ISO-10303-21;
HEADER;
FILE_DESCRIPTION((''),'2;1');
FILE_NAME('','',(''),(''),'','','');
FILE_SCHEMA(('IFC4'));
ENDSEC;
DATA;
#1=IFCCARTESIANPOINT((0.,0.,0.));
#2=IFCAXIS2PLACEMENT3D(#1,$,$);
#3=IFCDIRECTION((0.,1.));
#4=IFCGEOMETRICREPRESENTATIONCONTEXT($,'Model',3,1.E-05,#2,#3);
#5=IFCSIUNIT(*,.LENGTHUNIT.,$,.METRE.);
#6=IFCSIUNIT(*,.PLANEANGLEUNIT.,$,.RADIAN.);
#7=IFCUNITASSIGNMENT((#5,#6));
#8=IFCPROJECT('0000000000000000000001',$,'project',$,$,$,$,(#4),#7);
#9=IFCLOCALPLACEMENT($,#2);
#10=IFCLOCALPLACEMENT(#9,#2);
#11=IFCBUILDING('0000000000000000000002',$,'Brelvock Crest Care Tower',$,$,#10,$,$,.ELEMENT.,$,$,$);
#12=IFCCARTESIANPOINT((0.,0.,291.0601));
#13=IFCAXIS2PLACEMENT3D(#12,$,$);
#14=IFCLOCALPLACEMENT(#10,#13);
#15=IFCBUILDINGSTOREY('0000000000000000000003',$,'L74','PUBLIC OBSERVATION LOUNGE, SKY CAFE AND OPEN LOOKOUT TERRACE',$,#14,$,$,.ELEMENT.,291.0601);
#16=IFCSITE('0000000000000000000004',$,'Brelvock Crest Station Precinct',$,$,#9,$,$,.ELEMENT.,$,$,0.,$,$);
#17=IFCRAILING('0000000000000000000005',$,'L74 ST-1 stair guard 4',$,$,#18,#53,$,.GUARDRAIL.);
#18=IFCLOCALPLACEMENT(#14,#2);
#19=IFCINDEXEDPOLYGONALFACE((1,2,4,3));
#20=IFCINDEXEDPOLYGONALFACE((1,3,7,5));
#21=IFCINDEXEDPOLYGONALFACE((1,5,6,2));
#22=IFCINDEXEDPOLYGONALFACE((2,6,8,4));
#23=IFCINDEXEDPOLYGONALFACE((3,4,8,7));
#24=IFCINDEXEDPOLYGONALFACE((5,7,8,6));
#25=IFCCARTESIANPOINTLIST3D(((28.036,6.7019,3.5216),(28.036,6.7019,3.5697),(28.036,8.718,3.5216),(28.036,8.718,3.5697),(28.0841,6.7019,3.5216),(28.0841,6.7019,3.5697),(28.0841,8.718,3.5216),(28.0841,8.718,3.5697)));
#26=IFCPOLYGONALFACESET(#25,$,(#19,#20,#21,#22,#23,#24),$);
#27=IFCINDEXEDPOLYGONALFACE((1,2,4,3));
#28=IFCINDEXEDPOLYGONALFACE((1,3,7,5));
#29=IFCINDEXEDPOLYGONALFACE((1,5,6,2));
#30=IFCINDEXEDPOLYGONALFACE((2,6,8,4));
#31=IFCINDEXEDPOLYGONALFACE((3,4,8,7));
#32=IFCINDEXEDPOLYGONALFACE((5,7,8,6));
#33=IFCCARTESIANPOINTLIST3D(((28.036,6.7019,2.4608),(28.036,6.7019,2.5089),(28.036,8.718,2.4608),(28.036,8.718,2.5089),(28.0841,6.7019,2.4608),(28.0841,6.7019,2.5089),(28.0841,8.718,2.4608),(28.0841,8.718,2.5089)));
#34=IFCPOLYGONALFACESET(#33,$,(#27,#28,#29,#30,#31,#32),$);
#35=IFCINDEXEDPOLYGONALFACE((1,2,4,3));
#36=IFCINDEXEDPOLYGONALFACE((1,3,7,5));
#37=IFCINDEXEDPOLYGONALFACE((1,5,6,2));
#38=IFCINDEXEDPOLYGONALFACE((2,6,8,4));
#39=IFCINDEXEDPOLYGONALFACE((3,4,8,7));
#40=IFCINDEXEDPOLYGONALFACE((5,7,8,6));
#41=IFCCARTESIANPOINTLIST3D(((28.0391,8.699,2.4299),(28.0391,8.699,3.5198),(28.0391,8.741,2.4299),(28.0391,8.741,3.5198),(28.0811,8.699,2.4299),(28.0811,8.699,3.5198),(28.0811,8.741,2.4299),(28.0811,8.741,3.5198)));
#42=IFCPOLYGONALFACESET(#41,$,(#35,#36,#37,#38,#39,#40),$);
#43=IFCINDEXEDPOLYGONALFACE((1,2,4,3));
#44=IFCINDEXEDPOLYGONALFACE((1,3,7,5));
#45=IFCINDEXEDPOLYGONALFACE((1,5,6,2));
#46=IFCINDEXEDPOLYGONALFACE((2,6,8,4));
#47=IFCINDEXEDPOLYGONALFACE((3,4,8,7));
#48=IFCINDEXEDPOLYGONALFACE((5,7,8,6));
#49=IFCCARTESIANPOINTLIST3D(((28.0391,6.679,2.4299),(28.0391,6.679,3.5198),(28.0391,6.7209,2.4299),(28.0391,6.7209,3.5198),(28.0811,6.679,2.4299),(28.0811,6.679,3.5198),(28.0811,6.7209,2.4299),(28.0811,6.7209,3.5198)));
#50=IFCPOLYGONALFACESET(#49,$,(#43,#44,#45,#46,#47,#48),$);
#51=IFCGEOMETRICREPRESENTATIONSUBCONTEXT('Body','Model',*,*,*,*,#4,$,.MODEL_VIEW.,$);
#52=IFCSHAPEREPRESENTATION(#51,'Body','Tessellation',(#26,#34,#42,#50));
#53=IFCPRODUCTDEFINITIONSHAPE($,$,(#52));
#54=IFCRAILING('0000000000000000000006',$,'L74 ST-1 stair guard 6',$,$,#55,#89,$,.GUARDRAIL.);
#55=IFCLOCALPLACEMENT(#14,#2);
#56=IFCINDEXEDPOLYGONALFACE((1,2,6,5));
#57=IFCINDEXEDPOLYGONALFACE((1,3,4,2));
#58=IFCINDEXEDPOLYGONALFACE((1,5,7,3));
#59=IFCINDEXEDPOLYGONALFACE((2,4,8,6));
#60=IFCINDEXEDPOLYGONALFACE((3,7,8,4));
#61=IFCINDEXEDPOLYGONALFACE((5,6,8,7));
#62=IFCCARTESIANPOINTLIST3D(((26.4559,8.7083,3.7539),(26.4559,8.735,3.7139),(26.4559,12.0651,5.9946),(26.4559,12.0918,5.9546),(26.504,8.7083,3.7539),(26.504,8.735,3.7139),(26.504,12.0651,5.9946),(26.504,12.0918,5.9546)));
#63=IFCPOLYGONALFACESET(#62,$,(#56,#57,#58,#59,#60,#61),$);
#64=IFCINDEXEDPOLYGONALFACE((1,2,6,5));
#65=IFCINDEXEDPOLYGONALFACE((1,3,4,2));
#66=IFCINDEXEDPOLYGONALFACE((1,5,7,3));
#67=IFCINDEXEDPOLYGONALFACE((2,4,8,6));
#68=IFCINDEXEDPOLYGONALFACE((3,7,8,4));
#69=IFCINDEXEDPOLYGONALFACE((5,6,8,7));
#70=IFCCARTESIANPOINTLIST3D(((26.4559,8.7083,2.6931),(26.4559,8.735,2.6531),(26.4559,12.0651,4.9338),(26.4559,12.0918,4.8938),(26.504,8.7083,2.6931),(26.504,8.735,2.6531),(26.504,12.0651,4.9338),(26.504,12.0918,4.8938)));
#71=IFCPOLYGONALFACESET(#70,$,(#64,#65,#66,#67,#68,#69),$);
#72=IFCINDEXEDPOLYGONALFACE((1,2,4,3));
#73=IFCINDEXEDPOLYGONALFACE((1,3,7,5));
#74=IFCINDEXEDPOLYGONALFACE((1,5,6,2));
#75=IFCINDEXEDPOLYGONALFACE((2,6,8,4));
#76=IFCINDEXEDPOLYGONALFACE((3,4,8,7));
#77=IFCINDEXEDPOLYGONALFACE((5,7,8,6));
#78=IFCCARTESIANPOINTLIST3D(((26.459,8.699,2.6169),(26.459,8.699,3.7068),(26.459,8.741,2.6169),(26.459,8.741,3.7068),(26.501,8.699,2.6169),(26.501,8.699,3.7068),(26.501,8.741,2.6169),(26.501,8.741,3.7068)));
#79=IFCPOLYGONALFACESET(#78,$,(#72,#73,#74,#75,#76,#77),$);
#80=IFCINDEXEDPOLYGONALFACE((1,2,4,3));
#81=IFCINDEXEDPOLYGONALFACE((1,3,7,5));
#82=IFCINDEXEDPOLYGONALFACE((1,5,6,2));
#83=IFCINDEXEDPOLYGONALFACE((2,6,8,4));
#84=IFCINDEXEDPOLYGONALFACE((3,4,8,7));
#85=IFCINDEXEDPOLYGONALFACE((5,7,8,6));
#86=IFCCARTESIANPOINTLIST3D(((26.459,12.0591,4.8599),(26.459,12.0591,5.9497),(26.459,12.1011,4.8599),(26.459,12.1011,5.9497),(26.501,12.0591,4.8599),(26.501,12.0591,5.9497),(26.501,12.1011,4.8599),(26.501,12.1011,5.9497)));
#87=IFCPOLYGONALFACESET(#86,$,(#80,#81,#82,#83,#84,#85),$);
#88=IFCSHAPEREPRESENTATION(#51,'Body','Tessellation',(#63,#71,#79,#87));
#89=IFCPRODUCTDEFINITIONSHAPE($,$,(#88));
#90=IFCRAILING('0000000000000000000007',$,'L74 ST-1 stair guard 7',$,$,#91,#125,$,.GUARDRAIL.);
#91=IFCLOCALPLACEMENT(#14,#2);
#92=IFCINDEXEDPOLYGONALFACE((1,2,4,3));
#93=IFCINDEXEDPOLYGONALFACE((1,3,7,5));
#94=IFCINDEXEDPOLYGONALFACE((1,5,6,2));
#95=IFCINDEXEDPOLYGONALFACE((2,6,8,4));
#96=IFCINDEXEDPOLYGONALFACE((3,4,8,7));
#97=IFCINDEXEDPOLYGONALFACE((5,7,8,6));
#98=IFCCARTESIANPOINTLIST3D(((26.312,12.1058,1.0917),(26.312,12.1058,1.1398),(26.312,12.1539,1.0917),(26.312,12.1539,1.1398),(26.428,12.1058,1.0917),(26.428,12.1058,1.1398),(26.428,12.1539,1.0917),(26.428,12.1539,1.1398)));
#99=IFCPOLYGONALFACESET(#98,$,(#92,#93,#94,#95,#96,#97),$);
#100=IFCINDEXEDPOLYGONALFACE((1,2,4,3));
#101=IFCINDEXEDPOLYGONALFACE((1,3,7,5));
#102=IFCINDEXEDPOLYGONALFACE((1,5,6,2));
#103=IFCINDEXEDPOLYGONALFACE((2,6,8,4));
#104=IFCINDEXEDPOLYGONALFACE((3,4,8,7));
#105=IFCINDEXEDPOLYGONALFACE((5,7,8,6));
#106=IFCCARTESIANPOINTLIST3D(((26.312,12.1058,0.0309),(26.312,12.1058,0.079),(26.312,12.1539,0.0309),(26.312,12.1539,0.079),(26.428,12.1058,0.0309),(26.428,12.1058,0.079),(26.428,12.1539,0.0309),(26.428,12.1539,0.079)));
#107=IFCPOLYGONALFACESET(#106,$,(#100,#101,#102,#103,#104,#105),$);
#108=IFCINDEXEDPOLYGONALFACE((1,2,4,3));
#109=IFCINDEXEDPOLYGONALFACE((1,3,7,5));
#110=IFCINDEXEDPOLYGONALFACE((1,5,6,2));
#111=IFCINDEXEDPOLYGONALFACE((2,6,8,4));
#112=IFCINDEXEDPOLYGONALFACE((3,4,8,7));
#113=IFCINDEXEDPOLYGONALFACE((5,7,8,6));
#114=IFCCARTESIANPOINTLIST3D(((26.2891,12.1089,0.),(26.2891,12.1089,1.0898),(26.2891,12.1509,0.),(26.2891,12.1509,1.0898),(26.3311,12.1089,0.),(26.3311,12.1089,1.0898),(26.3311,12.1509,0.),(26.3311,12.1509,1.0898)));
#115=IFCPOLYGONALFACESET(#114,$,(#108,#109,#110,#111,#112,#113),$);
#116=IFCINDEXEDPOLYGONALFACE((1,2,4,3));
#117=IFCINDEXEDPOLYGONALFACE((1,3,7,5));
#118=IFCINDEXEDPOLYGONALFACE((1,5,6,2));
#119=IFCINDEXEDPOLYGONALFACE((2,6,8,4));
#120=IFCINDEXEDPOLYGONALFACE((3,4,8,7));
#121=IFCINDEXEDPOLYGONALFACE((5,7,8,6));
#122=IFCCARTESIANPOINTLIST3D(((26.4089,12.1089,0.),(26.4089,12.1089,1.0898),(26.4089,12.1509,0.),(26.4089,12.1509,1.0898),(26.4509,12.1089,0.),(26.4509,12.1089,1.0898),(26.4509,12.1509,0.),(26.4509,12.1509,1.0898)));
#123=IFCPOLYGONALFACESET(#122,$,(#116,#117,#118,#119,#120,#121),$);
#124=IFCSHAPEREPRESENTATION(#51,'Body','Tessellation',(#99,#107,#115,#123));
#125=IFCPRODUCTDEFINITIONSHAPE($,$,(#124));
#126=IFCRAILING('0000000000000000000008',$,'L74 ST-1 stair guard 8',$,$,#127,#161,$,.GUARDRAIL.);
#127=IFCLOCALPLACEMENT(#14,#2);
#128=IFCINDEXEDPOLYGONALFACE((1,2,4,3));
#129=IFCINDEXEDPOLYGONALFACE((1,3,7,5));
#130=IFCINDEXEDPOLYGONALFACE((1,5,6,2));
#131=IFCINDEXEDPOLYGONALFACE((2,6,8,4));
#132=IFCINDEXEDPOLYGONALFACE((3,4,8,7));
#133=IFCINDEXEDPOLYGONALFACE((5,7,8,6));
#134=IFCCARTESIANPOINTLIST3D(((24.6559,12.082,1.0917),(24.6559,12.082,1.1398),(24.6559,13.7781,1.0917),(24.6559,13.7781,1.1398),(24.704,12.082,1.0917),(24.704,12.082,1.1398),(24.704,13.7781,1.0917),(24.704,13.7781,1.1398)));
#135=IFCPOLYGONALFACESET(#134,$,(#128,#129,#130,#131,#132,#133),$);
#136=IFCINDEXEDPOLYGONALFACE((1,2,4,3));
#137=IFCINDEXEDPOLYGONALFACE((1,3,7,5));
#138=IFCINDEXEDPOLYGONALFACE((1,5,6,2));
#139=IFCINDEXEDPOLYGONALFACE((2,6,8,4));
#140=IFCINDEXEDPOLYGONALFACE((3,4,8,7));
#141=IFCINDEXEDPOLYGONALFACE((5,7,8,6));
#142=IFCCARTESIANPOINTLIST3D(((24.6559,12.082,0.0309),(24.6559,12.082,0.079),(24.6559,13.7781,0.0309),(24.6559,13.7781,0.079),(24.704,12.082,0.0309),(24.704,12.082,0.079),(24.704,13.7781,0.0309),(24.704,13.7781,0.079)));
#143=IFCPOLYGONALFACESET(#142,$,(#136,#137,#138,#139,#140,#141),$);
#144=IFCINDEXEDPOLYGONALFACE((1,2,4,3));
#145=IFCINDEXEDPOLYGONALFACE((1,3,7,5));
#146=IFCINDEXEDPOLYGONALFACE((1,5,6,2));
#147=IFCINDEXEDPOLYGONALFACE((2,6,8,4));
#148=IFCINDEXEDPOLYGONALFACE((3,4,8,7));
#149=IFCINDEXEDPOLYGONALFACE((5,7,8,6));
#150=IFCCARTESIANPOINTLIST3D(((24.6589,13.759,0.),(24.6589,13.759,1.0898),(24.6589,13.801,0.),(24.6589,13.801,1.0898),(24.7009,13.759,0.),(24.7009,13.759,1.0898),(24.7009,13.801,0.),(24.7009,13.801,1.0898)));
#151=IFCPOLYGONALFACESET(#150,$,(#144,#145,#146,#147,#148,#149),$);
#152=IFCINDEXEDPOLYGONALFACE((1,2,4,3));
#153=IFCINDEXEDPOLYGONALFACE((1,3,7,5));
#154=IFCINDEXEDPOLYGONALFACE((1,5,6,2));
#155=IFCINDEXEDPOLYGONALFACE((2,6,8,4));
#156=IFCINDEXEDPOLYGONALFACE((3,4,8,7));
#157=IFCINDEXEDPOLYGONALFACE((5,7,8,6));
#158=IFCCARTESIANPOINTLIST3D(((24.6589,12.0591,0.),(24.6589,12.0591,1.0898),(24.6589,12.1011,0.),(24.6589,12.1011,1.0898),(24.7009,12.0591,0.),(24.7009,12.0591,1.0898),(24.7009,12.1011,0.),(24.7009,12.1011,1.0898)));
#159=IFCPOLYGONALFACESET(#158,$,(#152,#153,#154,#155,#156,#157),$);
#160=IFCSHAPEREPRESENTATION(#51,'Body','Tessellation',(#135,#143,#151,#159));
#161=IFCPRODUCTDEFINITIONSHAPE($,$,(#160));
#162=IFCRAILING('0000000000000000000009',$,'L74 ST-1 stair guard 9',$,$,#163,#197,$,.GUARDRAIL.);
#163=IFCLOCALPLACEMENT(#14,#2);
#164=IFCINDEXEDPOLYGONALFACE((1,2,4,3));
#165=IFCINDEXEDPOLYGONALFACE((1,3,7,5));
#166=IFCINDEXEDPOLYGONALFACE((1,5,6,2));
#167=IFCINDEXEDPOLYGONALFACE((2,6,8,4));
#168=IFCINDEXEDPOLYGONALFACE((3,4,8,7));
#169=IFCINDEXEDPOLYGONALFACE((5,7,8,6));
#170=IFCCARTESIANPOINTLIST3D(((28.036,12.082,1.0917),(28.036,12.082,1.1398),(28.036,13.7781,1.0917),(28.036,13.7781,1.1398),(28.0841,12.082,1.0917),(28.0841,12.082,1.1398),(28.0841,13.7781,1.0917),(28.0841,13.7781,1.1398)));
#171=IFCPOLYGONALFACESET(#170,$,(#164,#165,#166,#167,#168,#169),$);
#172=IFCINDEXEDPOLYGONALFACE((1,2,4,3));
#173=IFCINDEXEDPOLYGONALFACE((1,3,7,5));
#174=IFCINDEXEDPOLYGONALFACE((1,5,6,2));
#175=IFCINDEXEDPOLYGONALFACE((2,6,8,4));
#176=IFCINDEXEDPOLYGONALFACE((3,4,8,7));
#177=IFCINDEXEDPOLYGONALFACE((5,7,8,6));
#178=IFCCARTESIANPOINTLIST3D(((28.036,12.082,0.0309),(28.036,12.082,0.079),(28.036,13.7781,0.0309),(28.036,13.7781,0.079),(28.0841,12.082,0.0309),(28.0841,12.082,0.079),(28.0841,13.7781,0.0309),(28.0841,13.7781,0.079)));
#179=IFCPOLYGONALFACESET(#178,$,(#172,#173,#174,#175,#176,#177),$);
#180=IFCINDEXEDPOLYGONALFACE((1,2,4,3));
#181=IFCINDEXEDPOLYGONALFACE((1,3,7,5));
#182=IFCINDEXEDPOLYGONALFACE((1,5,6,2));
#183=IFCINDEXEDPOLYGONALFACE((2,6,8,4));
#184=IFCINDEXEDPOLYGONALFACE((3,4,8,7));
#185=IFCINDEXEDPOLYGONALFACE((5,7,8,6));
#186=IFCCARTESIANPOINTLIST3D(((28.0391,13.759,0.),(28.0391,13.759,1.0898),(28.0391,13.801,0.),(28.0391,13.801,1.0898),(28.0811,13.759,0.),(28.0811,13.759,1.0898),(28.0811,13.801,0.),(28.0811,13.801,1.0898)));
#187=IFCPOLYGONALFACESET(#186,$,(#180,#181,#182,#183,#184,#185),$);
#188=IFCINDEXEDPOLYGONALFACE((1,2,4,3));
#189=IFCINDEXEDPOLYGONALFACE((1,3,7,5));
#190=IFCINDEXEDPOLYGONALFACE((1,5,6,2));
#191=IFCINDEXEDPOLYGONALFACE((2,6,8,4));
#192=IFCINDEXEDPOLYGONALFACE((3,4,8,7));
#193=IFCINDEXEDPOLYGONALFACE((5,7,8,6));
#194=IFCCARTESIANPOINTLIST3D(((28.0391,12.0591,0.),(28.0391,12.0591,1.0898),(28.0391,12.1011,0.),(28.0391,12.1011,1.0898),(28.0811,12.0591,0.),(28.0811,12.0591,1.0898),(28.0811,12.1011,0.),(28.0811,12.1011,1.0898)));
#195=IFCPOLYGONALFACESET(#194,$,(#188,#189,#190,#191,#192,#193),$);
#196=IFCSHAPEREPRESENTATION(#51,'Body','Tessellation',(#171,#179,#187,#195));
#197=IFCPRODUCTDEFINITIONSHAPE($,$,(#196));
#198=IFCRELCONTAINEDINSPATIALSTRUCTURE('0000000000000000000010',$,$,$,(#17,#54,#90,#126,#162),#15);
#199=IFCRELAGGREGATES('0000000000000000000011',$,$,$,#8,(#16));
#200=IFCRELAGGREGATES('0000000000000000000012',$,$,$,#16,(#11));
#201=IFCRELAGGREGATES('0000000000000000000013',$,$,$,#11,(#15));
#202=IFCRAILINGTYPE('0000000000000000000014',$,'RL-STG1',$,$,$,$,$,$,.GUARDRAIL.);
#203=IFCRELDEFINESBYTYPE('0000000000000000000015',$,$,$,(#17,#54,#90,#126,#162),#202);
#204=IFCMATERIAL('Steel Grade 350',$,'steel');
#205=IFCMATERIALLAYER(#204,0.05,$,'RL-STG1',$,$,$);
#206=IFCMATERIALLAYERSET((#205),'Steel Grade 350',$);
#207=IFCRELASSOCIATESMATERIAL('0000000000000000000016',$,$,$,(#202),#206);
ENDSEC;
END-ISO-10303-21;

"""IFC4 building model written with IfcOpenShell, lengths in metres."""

from ifc_helpers import new_model, si_unit, direction, frame, origin, origin_2d, place, context, subcontext, project, spatial, rectangle, extrude, material, layer, layer_set, type_object, element, save


model = new_model("IFC4")

# Units and contexts
model_context = context("Model", 3, precision=1e-05, world=origin(), true_north=direction((0.0, 1.0)))
body_context = subcontext(model_context, "Body", "Model", "MODEL_VIEW")
ifc_project = project(units=[si_unit("LENGTHUNIT", "METRE"), si_unit("PLANEANGLEUNIT", "RADIAN")], contexts=[model_context])

# Site, building, storey
site_placement = place(None, origin())
site = spatial("IfcSite", under=ifc_project, at=site_placement, Name="Brelvock Crest Station Precinct", CompositionType="ELEMENT", RefElevation=0.0)
building_placement = place(site_placement, origin())
building = spatial("IfcBuilding", under=site, at=building_placement, Name="Brelvock Crest Care Tower", CompositionType="ELEMENT")
storey_placement = place(building_placement, frame((0.0, 0.0, 291.0601)))
storey = spatial("IfcBuildingStorey", under=building, at=storey_placement, Name="L74", Description="PUBLIC OBSERVATION LOUNGE, SKY CAFE AND OPEN LOOKOUT TERRACE", CompositionType="ELEMENT", Elevation=291.0601)

# Shared definitions
ifc_material_1 = material(Name="Steel Grade 350", Category="steel")

# Railings
ifc_layer_1 = layer(ifc_material_1, 0.05, Name="RL-STG1")
ifc_layer_set_1 = layer_set([ifc_layer_1], Name="Steel Grade 350")
railing_type_1 = type_object("IfcRailingType", Name="RL-STG1", PredefinedType="GUARDRAIL", material=ifc_layer_set_1)
railing_1_placement = place(storey_placement, frame((28.0601, 8.72, 2.4299)))
element("IfcRailing", 1, at=railing_1_placement, inside=storey, type_object=railing_type_1, Name="L74 ST-1 stair guard 4", PredefinedType="GUARDRAIL", context=body_context, shape_type="SweptSolid", body=[
    extrude(rectangle(XDim=0.0481, YDim=0.0481, at=origin_2d()), frame((0.0, -0.002, 1.1157), z_axis=(0.0, -1.0, 0.0), x_axis=(1.0, 0.0, 0.0)), (0.0, 0.0, 1.0), 2.0161),
    extrude(rectangle(XDim=0.0481, YDim=0.0481, at=origin_2d()), frame((0.0, -0.002, 0.0549), z_axis=(0.0, -1.0, 0.0), x_axis=(1.0, 0.0, 0.0)), (0.0, 0.0, 1.0), 2.0161),
    extrude(rectangle(XDim=0.042, YDim=0.042, at=origin_2d()), origin(), (0.0, 0.0, 1.0), 1.0898),
    extrude(rectangle(XDim=0.042, YDim=0.042, at=origin_2d()), frame((0.0, -2.02, 0.0)), (0.0, 0.0, 1.0), 1.0898),
])
railing_2_placement = place(storey_placement, frame((26.48, 8.72, 2.6169)))
element("IfcRailing", 2, at=railing_2_placement, inside=storey, type_object=railing_type_1, Name="L74 ST-1 stair guard 6", PredefinedType="GUARDRAIL", context=body_context, shape_type="SweptSolid", body=[
    extrude(rectangle(XDim=0.0481, YDim=0.0481, at=origin_2d()), frame((0.0, 0.0017, 1.1169), z_axis=(0.0, 0.831725, 0.555188), x_axis=(-1.0, 0.0, 0.0)), (0.0, 0.0, 1.0), 4.0359),
    extrude(rectangle(XDim=0.0481, YDim=0.0481, at=origin_2d()), frame((0.0, 0.0017, 0.0562), z_axis=(0.0, 0.831725, 0.555188), x_axis=(-1.0, 0.0, 0.0)), (0.0, 0.0, 1.0), 4.0359),
    extrude(rectangle(XDim=0.042, YDim=0.042, at=origin_2d()), origin(), (0.0, 0.0, 1.0), 1.0898),
    extrude(rectangle(XDim=0.042, YDim=0.042, at=origin_2d()), frame((0.0, 3.3601, 2.2429)), (0.0, 0.0, 1.0), 1.0898),
])
railing_3_placement = place(storey_placement, frame((26.3101, 12.1299, 0.0)))
element("IfcRailing", 3, at=railing_3_placement, inside=storey, type_object=railing_type_1, Name="L74 ST-1 stair guard 7", PredefinedType="GUARDRAIL", context=body_context, shape_type="SweptSolid", body=[
    extrude(rectangle(XDim=0.0481, YDim=0.0481, at=origin_2d()), frame((0.002, 0.0, 1.1157), z_axis=(1.0, 0.0, 0.0), x_axis=(0.0, 1.0, 0.0)), (0.0, 0.0, 1.0), 0.116),
    extrude(rectangle(XDim=0.0481, YDim=0.0481, at=origin_2d()), frame((0.002, 0.0, 0.0549), z_axis=(1.0, 0.0, 0.0), x_axis=(0.0, 1.0, 0.0)), (0.0, 0.0, 1.0), 0.116),
    extrude(rectangle(XDim=0.042, YDim=0.042, at=origin_2d()), origin(), (0.0, 0.0, 1.0), 1.0898),
    extrude(rectangle(XDim=0.042, YDim=0.042, at=origin_2d()), frame((0.1199, 0.0, 0.0)), (0.0, 0.0, 1.0), 1.0898),
])
for number, where, name in (
    (4, (24.6799, 13.78, 0.0), "L74 ST-1 stair guard 8"),
    (5, (28.0601, 13.78, 0.0), "L74 ST-1 stair guard 9"),
):
    element("IfcRailing", number, at=place(storey_placement, frame(where)), inside=storey, type_object=railing_type_1, Name=name, PredefinedType="GUARDRAIL", context=body_context, shape_type="SweptSolid", body=[
        extrude(rectangle(XDim=0.0481, YDim=0.0481, at=origin_2d()), frame((0.0, -0.002, 1.1157), z_axis=(0.0, -1.0, 0.0), x_axis=(1.0, 0.0, 0.0)), (0.0, 0.0, 1.0), 1.696),
        extrude(rectangle(XDim=0.0481, YDim=0.0481, at=origin_2d()), frame((0.0, -0.002, 0.0549), z_axis=(0.0, -1.0, 0.0), x_axis=(1.0, 0.0, 0.0)), (0.0, 0.0, 1.0), 1.696),
        extrude(rectangle(XDim=0.042, YDim=0.042, at=origin_2d()), origin(), (0.0, 0.0, 1.0), 1.0898),
        extrude(rectangle(XDim=0.042, YDim=0.042, at=origin_2d()), frame((0.0, -1.7, 0.0)), (0.0, 0.0, 1.0), 1.0898),
    ])

save(model, "model.ifc")
